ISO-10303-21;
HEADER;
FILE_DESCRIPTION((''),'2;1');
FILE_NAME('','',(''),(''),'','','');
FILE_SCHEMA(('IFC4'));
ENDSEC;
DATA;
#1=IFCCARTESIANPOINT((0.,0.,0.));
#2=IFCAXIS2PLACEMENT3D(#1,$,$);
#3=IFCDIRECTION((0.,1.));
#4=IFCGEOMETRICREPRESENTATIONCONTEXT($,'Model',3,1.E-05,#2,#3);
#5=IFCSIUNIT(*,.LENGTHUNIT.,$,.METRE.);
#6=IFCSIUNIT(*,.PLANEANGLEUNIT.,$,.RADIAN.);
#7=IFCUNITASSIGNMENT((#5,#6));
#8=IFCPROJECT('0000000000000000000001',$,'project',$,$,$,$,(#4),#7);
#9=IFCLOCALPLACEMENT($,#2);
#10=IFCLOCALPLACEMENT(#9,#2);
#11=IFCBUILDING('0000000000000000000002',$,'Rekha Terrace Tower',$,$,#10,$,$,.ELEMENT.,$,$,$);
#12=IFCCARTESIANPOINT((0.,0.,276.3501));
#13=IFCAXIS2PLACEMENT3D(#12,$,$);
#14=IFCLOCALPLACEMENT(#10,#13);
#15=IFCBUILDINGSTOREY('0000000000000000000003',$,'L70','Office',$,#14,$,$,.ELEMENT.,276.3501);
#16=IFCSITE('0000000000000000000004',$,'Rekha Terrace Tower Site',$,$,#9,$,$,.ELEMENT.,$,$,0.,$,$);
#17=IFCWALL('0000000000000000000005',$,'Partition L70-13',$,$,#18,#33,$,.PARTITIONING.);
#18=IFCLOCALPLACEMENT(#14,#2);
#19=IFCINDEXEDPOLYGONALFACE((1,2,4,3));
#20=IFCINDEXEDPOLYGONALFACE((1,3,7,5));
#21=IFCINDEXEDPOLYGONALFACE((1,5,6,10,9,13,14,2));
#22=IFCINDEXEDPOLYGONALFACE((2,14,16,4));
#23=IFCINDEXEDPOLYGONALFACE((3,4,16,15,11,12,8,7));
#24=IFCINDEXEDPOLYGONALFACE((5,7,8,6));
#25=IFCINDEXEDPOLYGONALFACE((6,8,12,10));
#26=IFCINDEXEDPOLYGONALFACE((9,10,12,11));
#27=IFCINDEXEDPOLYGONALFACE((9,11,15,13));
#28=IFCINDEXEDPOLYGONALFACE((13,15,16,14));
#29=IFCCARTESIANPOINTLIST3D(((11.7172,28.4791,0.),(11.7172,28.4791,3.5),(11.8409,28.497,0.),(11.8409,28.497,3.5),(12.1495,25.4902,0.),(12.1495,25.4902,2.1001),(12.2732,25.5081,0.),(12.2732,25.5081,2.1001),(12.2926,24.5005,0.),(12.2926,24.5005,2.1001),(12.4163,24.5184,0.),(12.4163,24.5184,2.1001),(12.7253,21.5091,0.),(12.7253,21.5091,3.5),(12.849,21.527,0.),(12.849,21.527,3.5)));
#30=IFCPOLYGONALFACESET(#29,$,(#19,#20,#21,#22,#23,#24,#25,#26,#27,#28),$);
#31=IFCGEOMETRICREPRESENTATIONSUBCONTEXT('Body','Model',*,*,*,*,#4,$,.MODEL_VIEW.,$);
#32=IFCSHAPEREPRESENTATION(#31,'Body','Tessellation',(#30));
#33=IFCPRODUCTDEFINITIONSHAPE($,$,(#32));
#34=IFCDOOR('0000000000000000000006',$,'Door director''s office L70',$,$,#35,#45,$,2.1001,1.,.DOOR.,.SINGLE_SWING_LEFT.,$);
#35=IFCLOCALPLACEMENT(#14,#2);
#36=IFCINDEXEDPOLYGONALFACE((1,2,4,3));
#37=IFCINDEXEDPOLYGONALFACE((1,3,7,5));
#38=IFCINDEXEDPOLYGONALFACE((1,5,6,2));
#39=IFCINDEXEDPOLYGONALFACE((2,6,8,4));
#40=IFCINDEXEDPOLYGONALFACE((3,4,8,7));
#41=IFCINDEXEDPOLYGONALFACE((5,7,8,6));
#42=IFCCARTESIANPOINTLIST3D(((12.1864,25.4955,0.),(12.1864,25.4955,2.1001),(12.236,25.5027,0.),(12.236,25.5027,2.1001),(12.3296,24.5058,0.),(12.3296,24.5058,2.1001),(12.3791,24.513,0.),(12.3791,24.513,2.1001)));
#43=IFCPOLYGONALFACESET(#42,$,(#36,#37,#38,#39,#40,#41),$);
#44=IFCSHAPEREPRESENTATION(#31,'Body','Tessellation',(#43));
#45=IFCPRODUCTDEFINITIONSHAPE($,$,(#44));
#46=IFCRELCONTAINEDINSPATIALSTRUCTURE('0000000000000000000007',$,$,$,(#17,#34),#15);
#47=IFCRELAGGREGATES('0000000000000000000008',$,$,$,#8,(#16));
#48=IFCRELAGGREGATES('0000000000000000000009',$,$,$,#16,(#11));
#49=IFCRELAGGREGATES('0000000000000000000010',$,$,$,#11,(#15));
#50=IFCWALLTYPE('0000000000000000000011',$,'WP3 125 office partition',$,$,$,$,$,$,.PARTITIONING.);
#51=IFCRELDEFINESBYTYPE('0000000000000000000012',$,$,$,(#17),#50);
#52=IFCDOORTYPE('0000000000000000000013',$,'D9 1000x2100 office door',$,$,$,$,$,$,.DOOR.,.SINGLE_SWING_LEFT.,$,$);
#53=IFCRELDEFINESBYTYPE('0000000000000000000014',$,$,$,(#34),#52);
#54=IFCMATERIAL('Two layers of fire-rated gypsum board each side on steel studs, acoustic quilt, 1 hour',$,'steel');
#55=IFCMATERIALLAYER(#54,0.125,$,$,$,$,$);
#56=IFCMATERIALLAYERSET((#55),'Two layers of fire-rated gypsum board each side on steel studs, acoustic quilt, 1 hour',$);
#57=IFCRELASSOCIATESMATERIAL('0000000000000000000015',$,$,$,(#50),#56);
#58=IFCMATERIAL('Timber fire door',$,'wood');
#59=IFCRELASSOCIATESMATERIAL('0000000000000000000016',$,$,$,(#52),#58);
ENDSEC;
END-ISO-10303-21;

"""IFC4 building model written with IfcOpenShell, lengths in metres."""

from ifc_helpers import new_model, si_unit, direction, frame, frame_2d, origin, place, context, subcontext, project, spatial, rectangle, extrude, material, layer, layer_set, type_object, element, fill, save


model = new_model("IFC4")

# Units and contexts
model_context = context("Model", 3, precision=1e-05, world=origin(), true_north=direction((0.0, 1.0)))
body_context = subcontext(model_context, "Body", "Model", "MODEL_VIEW")
ifc_project = project(units=[si_unit("LENGTHUNIT", "METRE"), si_unit("PLANEANGLEUNIT", "RADIAN")], contexts=[model_context])

# Site, building, storey
site_placement = place(None, origin())
site = spatial("IfcSite", under=ifc_project, at=site_placement, Name="Rekha Terrace Tower Site", CompositionType="ELEMENT", RefElevation=0.0)
building_placement = place(site_placement, origin())
building = spatial("IfcBuilding", under=site, at=building_placement, Name="Rekha Terrace Tower", CompositionType="ELEMENT")
storey_placement = place(building_placement, frame((0.0, 0.0, 276.3501)))
storey = spatial("IfcBuildingStorey", under=building, at=storey_placement, Name="L70", Description="Office", CompositionType="ELEMENT", Elevation=276.3501)

# Shared definitions
ifc_material_1 = material(Name="Two layers of fire-rated gypsum board each side on steel studs, acoustic quilt, 1 hour", Category="steel")
ifc_layer_1 = layer(ifc_material_1, 0.125)
ifc_layer_set_1 = layer_set([ifc_layer_1], Name="Two layers of fire-rated gypsum board each side on steel studs, acoustic quilt, 1 hour")
wall_type = type_object("IfcWallType", Name="WP3 125 office partition", PredefinedType="PARTITIONING", material=ifc_layer_set_1)

# Wall, opening, door
wall_1_placement = place(storey_placement, frame((11.7791, 28.488, 0.0), z_axis=(0.0, 0.0, 1.0), x_axis=(0.143139, -0.989703, 0.0)))
wall_1 = element("IfcWall", 1, at=wall_1_placement, inside=storey, type_object=wall_type, Name="Partition L70-13", PredefinedType="PARTITIONING", context=body_context, shape_type="SweptSolid", body=[
    extrude(rectangle(XDim=7.0425, YDim=0.125, at=frame_2d((3.5212, 0.0))), origin(), (0.0, 0.0, 1.0), 3.5),
])
opening_placement = place(wall_1_placement, frame((3.02, 0.0, 0.0)))
opening = element("IfcOpeningElement", 2, at=opening_placement, cuts=wall_1, PredefinedType="OPENING", context=body_context, shape_type="SweptSolid", body=[
    extrude(rectangle(XDim=1.0, YDim=2.1001, at=frame_2d((0.5, 1.05))), frame((0.0, 0.0725, 0.0), z_axis=(0.0, -1.0, 0.0), x_axis=(1.0, 0.0, 0.0)), (0.0, 0.0, 1.0), 0.145),
])
ifc_material_2 = material(Name="Timber fire door", Category="wood")
door_type = type_object("IfcDoorType", Name="D9 1000x2100 office door", OperationType="SINGLE_SWING_LEFT", PredefinedType="DOOR", material=ifc_material_2)
door_placement = place(opening_placement, origin())
door = element("IfcDoor", 3, at=door_placement, inside=storey, type_object=door_type, Name="Door director's office L70", OperationType="SINGLE_SWING_LEFT", OverallHeight=2.1001, OverallWidth=1.0, PredefinedType="DOOR", context=body_context, shape_type="SweptSolid", body=[
    extrude(rectangle(XDim=1.0, YDim=2.1001, at=frame_2d((0.5, 1.05))), frame((0.0, 0.0249, 0.0), z_axis=(0.0, -1.0, 0.0), x_axis=(1.0, 0.0, 0.0)), (0.0, 0.0, 1.0), 0.05),
])
fill(opening, door)

save(model, "model.ifc")
